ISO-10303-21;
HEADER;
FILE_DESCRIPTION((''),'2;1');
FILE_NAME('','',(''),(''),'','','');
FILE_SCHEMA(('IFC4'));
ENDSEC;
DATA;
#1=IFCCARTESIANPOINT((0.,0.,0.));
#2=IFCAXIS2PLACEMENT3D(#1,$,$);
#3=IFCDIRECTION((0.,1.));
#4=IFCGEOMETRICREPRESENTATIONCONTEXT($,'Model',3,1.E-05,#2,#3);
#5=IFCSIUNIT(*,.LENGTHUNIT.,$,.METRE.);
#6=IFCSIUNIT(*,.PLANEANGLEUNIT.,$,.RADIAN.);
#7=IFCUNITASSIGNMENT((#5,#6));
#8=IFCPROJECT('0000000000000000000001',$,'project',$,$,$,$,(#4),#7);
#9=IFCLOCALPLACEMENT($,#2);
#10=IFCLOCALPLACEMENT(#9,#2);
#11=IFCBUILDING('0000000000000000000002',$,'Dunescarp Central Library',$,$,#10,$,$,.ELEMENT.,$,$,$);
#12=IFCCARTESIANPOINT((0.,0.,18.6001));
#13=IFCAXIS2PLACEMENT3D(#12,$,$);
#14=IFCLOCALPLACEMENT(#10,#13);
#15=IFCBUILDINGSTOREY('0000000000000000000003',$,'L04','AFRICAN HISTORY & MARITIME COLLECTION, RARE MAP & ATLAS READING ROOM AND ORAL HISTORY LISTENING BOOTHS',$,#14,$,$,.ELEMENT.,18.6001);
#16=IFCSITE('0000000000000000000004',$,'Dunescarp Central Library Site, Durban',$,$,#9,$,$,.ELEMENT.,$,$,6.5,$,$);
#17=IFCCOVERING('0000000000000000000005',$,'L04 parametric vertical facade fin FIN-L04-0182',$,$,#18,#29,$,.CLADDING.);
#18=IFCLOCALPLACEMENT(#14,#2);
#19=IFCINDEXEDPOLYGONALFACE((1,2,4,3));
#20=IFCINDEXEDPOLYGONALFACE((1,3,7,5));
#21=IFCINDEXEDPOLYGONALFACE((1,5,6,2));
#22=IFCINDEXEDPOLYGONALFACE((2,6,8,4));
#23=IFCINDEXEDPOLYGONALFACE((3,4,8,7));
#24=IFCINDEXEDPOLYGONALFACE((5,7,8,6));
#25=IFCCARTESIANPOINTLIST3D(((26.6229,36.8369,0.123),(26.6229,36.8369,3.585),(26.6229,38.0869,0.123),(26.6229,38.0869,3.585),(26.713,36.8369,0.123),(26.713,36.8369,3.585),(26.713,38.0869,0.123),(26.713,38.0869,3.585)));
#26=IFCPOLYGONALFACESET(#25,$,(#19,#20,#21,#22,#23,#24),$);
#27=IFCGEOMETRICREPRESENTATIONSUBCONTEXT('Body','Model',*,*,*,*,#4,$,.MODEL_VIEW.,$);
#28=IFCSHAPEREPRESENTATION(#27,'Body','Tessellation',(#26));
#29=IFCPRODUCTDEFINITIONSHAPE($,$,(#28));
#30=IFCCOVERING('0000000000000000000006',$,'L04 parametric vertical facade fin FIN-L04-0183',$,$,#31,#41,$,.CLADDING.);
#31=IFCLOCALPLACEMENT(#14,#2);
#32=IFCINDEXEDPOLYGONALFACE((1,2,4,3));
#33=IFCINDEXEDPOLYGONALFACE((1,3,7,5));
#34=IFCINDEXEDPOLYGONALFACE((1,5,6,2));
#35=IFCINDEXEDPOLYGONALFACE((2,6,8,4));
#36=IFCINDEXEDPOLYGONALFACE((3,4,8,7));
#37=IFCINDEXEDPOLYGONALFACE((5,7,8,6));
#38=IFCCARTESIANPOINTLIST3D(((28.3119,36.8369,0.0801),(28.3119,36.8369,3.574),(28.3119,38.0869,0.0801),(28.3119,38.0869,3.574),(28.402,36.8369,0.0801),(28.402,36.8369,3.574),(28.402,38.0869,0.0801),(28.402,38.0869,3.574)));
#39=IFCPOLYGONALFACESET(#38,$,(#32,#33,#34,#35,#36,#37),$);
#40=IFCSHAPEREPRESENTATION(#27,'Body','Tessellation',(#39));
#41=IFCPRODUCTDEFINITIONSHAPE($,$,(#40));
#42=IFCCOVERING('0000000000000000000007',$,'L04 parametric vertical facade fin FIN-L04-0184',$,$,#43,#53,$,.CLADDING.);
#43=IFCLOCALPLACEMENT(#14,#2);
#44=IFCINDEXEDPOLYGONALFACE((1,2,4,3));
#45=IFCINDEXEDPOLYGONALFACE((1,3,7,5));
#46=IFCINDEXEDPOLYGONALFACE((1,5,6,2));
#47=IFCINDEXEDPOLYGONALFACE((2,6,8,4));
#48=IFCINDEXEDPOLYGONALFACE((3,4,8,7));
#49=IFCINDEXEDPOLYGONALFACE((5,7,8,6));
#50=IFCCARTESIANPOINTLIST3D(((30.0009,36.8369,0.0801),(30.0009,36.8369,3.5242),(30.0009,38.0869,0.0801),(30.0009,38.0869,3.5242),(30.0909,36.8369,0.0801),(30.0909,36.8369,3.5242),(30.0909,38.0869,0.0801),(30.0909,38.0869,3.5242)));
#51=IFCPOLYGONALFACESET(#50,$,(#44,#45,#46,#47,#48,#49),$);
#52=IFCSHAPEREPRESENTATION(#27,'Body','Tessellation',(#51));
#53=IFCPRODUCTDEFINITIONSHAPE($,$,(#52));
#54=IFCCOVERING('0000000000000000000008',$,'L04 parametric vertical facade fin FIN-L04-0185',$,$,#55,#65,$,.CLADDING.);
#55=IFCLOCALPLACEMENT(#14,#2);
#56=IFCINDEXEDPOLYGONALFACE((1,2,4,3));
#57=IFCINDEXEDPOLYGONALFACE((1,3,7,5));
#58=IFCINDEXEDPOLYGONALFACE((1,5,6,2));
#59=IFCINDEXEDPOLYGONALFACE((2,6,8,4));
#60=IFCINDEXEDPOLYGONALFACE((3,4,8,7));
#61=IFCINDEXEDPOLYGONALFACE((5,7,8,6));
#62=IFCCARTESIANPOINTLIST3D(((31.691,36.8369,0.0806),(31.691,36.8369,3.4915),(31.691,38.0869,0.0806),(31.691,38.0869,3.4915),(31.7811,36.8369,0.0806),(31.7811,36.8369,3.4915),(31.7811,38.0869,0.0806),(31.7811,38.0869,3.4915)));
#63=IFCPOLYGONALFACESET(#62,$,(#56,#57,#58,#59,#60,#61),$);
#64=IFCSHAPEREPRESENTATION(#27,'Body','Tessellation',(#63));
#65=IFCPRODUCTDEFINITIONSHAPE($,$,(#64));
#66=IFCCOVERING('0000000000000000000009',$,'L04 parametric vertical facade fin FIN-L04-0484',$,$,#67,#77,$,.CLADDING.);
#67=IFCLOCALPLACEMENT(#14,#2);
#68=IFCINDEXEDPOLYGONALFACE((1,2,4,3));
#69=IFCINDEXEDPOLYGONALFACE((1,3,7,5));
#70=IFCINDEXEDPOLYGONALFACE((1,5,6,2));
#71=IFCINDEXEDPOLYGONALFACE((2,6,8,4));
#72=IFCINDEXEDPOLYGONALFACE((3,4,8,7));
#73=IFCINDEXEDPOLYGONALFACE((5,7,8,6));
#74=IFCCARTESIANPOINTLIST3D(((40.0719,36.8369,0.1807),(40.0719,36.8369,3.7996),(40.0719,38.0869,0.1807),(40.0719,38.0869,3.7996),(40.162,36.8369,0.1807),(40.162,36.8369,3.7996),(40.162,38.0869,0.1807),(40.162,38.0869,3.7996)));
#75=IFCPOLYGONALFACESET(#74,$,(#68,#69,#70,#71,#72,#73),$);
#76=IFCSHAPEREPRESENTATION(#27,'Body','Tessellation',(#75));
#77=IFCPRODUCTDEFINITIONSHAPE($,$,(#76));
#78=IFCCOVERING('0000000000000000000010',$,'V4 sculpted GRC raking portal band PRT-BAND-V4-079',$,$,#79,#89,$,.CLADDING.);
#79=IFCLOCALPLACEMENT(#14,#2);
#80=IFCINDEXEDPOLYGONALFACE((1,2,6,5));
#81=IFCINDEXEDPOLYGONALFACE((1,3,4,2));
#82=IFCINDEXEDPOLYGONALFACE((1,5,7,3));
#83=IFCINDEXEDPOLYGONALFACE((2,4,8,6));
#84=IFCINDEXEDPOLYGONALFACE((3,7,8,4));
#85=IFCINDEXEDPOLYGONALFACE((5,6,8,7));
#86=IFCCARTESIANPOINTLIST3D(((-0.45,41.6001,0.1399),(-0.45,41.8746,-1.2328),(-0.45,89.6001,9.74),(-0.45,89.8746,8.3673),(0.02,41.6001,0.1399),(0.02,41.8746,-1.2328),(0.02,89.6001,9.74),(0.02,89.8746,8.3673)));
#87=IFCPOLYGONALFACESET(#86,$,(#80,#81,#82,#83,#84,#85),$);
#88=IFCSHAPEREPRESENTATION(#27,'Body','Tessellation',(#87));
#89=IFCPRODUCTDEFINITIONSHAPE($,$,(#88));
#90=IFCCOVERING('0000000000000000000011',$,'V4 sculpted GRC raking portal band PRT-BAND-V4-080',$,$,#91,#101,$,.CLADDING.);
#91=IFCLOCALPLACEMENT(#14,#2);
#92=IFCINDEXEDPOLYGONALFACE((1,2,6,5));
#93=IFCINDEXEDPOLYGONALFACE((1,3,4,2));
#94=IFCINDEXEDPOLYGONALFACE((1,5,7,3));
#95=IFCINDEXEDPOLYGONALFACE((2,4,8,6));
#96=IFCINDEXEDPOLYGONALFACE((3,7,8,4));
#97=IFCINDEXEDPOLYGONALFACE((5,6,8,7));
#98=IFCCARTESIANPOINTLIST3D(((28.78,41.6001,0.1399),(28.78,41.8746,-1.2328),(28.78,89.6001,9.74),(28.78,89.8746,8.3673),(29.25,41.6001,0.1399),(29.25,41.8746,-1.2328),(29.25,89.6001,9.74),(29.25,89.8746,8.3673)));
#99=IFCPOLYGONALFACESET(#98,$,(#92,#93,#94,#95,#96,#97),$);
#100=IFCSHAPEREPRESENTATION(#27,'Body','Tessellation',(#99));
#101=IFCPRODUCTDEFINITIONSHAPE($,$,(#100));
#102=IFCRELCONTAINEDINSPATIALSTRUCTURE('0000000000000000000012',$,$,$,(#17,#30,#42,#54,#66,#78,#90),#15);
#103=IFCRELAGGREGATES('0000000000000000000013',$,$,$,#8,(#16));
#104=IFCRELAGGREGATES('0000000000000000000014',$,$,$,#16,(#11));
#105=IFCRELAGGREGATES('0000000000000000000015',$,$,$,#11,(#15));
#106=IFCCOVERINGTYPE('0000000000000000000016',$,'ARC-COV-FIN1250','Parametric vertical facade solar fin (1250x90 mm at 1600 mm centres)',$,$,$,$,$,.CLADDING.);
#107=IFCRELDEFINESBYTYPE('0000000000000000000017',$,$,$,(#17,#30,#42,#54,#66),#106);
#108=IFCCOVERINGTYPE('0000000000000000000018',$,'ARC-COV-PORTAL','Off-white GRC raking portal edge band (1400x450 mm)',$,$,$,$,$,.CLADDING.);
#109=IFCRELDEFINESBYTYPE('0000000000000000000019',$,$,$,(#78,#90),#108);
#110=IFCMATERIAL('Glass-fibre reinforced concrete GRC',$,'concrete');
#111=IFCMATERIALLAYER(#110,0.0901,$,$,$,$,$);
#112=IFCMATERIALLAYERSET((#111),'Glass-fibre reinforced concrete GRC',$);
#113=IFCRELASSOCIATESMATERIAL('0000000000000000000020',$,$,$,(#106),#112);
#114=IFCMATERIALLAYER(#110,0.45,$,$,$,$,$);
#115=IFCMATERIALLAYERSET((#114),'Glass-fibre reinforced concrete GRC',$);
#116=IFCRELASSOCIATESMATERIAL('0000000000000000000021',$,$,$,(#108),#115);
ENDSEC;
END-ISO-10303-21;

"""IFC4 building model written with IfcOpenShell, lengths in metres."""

from ifc_helpers import new_model, si_unit, direction, frame, origin, origin_2d, place, context, subcontext, project, spatial, polyline, rectangle, outline, extrude, material, layer, layer_set, type_object, element, save


model = new_model("IFC4")

# Units and contexts
model_context = context("Model", 3, precision=1e-05, world=origin(), true_north=direction((0.0, 1.0)))
body_context = subcontext(model_context, "Body", "Model", "MODEL_VIEW")
ifc_project = project(units=[si_unit("LENGTHUNIT", "METRE"), si_unit("PLANEANGLEUNIT", "RADIAN")], contexts=[model_context])

# Site, building, storey
site_placement = place(None, origin())
site = spatial("IfcSite", under=ifc_project, at=site_placement, Name="Dunescarp Central Library Site, Durban", CompositionType="ELEMENT", RefElevation=6.5)
building_placement = place(site_placement, origin())
building = spatial("IfcBuilding", under=site, at=building_placement, Name="Dunescarp Central Library", CompositionType="ELEMENT")
storey_placement = place(building_placement, frame((0.0, 0.0, 18.6001)))
storey = spatial("IfcBuildingStorey", under=building, at=storey_placement, Name="L04", Description="AFRICAN HISTORY & MARITIME COLLECTION, RARE MAP & ATLAS READING ROOM AND ORAL HISTORY LISTENING BOOTHS", CompositionType="ELEMENT", Elevation=18.6001)

# Coverings
ifc_material_1 = material(Name="Glass-fibre reinforced concrete GRC", Category="concrete")
ifc_layer_1 = layer(ifc_material_1, 0.0901)
ifc_layer_set_1 = layer_set([ifc_layer_1], Name="Glass-fibre reinforced concrete GRC")
covering_type_1 = type_object("IfcCoveringType", Name="ARC-COV-FIN1250", Description="Parametric vertical facade solar fin (1250x90 mm at 1600 mm centres)", PredefinedType="CLADDING", material=ifc_layer_set_1)
covering_1_placement = place(storey_placement, frame((26.668, 37.4619, 0.123), z_axis=(0.0, 0.0, 1.0), x_axis=(0.0, 1.0, 0.0)))
element("IfcCovering", 1, at=covering_1_placement, inside=storey, type_object=covering_type_1, Name="L04 parametric vertical facade fin FIN-L04-0182", PredefinedType="CLADDING", context=body_context, shape_type="SweptSolid", body=[
    extrude(rectangle(XDim=1.25, YDim=0.0901, at=origin_2d()), origin(), (0.0, 0.0, 1.0), 3.4619),
])
covering_2_placement = place(storey_placement, frame((28.3569, 37.4619, 0.0801), z_axis=(0.0, 0.0, 1.0), x_axis=(0.0, 1.0, 0.0)))
element("IfcCovering", 2, at=covering_2_placement, inside=storey, type_object=covering_type_1, Name="L04 parametric vertical facade fin FIN-L04-0183", PredefinedType="CLADDING", context=body_context, shape_type="SweptSolid", body=[
    extrude(rectangle(XDim=1.25, YDim=0.0901, at=origin_2d()), origin(), (0.0, 0.0, 1.0), 3.4939),
])
covering_3_placement = place(storey_placement, frame((30.0459, 37.4619, 0.0801), z_axis=(0.0, 0.0, 1.0), x_axis=(0.0, 1.0, 0.0)))
element("IfcCovering", 3, at=covering_3_placement, inside=storey, type_object=covering_type_1, Name="L04 parametric vertical facade fin FIN-L04-0184", PredefinedType="CLADDING", context=body_context, shape_type="SweptSolid", body=[
    extrude(rectangle(XDim=1.25, YDim=0.0901, at=origin_2d()), origin(), (0.0, 0.0, 1.0), 3.4441),
])
covering_4_placement = place(storey_placement, frame((31.7361, 37.4619, 0.0806), z_axis=(0.0, 0.0, 1.0), x_axis=(0.0, 1.0, 0.0)))
element("IfcCovering", 4, at=covering_4_placement, inside=storey, type_object=covering_type_1, Name="L04 parametric vertical facade fin FIN-L04-0185", PredefinedType="CLADDING", context=body_context, shape_type="SweptSolid", body=[
    extrude(rectangle(XDim=1.25, YDim=0.0901, at=origin_2d()), origin(), (0.0, 0.0, 1.0), 3.4109),
])
covering_5_placement = place(storey_placement, frame((40.1169, 37.4619, 0.1807), z_axis=(0.0, 0.0, 1.0), x_axis=(0.0, 1.0, 0.0)))
element("IfcCovering", 5, at=covering_5_placement, inside=storey, type_object=covering_type_1, Name="L04 parametric vertical facade fin FIN-L04-0484", PredefinedType="CLADDING", context=body_context, shape_type="SweptSolid", body=[
    extrude(rectangle(XDim=1.25, YDim=0.0901, at=origin_2d()), origin(), (0.0, 0.0, 1.0), 3.6189),
])
ifc_layer_2 = layer(ifc_material_1, 0.45)
ifc_layer_set_2 = layer_set([ifc_layer_2], Name="Glass-fibre reinforced concrete GRC")
covering_type_2 = type_object("IfcCoveringType", Name="ARC-COV-PORTAL", Description="Off-white GRC raking portal edge band (1400x450 mm)", PredefinedType="CLADDING", material=ifc_layer_set_2)
for number, where, z_axis, x_axis, name in (
    (6, (-0.45, 41.6001, 0.1399), (0.0, -0.196118, 0.98058), (1.0, 0.0, 0.0), "V4 sculpted GRC raking portal band PRT-BAND-V4-079"),
    (7, (28.78, 41.6001, 0.1399), (0.0, -0.196118, 0.98058), (1.0, 0.0, 0.0), "V4 sculpted GRC raking portal band PRT-BAND-V4-080"),
):
    element("IfcCovering", number, at=place(storey_placement, frame(where, z_axis=z_axis, x_axis=x_axis)), inside=storey, type_object=covering_type_2, Name=name, PredefinedType="CLADDING", context=body_context, shape_type="SweptSolid", body=[
        extrude(outline(polyline([(0.0, 0.0), (0.47, 0.0), (0.47, 48.9506), (0.0, 48.9506), (0.0, 0.0)])), origin(), (0.0, 0.0, -1.0), 1.3999),
    ])

save(model, "model.ifc")
